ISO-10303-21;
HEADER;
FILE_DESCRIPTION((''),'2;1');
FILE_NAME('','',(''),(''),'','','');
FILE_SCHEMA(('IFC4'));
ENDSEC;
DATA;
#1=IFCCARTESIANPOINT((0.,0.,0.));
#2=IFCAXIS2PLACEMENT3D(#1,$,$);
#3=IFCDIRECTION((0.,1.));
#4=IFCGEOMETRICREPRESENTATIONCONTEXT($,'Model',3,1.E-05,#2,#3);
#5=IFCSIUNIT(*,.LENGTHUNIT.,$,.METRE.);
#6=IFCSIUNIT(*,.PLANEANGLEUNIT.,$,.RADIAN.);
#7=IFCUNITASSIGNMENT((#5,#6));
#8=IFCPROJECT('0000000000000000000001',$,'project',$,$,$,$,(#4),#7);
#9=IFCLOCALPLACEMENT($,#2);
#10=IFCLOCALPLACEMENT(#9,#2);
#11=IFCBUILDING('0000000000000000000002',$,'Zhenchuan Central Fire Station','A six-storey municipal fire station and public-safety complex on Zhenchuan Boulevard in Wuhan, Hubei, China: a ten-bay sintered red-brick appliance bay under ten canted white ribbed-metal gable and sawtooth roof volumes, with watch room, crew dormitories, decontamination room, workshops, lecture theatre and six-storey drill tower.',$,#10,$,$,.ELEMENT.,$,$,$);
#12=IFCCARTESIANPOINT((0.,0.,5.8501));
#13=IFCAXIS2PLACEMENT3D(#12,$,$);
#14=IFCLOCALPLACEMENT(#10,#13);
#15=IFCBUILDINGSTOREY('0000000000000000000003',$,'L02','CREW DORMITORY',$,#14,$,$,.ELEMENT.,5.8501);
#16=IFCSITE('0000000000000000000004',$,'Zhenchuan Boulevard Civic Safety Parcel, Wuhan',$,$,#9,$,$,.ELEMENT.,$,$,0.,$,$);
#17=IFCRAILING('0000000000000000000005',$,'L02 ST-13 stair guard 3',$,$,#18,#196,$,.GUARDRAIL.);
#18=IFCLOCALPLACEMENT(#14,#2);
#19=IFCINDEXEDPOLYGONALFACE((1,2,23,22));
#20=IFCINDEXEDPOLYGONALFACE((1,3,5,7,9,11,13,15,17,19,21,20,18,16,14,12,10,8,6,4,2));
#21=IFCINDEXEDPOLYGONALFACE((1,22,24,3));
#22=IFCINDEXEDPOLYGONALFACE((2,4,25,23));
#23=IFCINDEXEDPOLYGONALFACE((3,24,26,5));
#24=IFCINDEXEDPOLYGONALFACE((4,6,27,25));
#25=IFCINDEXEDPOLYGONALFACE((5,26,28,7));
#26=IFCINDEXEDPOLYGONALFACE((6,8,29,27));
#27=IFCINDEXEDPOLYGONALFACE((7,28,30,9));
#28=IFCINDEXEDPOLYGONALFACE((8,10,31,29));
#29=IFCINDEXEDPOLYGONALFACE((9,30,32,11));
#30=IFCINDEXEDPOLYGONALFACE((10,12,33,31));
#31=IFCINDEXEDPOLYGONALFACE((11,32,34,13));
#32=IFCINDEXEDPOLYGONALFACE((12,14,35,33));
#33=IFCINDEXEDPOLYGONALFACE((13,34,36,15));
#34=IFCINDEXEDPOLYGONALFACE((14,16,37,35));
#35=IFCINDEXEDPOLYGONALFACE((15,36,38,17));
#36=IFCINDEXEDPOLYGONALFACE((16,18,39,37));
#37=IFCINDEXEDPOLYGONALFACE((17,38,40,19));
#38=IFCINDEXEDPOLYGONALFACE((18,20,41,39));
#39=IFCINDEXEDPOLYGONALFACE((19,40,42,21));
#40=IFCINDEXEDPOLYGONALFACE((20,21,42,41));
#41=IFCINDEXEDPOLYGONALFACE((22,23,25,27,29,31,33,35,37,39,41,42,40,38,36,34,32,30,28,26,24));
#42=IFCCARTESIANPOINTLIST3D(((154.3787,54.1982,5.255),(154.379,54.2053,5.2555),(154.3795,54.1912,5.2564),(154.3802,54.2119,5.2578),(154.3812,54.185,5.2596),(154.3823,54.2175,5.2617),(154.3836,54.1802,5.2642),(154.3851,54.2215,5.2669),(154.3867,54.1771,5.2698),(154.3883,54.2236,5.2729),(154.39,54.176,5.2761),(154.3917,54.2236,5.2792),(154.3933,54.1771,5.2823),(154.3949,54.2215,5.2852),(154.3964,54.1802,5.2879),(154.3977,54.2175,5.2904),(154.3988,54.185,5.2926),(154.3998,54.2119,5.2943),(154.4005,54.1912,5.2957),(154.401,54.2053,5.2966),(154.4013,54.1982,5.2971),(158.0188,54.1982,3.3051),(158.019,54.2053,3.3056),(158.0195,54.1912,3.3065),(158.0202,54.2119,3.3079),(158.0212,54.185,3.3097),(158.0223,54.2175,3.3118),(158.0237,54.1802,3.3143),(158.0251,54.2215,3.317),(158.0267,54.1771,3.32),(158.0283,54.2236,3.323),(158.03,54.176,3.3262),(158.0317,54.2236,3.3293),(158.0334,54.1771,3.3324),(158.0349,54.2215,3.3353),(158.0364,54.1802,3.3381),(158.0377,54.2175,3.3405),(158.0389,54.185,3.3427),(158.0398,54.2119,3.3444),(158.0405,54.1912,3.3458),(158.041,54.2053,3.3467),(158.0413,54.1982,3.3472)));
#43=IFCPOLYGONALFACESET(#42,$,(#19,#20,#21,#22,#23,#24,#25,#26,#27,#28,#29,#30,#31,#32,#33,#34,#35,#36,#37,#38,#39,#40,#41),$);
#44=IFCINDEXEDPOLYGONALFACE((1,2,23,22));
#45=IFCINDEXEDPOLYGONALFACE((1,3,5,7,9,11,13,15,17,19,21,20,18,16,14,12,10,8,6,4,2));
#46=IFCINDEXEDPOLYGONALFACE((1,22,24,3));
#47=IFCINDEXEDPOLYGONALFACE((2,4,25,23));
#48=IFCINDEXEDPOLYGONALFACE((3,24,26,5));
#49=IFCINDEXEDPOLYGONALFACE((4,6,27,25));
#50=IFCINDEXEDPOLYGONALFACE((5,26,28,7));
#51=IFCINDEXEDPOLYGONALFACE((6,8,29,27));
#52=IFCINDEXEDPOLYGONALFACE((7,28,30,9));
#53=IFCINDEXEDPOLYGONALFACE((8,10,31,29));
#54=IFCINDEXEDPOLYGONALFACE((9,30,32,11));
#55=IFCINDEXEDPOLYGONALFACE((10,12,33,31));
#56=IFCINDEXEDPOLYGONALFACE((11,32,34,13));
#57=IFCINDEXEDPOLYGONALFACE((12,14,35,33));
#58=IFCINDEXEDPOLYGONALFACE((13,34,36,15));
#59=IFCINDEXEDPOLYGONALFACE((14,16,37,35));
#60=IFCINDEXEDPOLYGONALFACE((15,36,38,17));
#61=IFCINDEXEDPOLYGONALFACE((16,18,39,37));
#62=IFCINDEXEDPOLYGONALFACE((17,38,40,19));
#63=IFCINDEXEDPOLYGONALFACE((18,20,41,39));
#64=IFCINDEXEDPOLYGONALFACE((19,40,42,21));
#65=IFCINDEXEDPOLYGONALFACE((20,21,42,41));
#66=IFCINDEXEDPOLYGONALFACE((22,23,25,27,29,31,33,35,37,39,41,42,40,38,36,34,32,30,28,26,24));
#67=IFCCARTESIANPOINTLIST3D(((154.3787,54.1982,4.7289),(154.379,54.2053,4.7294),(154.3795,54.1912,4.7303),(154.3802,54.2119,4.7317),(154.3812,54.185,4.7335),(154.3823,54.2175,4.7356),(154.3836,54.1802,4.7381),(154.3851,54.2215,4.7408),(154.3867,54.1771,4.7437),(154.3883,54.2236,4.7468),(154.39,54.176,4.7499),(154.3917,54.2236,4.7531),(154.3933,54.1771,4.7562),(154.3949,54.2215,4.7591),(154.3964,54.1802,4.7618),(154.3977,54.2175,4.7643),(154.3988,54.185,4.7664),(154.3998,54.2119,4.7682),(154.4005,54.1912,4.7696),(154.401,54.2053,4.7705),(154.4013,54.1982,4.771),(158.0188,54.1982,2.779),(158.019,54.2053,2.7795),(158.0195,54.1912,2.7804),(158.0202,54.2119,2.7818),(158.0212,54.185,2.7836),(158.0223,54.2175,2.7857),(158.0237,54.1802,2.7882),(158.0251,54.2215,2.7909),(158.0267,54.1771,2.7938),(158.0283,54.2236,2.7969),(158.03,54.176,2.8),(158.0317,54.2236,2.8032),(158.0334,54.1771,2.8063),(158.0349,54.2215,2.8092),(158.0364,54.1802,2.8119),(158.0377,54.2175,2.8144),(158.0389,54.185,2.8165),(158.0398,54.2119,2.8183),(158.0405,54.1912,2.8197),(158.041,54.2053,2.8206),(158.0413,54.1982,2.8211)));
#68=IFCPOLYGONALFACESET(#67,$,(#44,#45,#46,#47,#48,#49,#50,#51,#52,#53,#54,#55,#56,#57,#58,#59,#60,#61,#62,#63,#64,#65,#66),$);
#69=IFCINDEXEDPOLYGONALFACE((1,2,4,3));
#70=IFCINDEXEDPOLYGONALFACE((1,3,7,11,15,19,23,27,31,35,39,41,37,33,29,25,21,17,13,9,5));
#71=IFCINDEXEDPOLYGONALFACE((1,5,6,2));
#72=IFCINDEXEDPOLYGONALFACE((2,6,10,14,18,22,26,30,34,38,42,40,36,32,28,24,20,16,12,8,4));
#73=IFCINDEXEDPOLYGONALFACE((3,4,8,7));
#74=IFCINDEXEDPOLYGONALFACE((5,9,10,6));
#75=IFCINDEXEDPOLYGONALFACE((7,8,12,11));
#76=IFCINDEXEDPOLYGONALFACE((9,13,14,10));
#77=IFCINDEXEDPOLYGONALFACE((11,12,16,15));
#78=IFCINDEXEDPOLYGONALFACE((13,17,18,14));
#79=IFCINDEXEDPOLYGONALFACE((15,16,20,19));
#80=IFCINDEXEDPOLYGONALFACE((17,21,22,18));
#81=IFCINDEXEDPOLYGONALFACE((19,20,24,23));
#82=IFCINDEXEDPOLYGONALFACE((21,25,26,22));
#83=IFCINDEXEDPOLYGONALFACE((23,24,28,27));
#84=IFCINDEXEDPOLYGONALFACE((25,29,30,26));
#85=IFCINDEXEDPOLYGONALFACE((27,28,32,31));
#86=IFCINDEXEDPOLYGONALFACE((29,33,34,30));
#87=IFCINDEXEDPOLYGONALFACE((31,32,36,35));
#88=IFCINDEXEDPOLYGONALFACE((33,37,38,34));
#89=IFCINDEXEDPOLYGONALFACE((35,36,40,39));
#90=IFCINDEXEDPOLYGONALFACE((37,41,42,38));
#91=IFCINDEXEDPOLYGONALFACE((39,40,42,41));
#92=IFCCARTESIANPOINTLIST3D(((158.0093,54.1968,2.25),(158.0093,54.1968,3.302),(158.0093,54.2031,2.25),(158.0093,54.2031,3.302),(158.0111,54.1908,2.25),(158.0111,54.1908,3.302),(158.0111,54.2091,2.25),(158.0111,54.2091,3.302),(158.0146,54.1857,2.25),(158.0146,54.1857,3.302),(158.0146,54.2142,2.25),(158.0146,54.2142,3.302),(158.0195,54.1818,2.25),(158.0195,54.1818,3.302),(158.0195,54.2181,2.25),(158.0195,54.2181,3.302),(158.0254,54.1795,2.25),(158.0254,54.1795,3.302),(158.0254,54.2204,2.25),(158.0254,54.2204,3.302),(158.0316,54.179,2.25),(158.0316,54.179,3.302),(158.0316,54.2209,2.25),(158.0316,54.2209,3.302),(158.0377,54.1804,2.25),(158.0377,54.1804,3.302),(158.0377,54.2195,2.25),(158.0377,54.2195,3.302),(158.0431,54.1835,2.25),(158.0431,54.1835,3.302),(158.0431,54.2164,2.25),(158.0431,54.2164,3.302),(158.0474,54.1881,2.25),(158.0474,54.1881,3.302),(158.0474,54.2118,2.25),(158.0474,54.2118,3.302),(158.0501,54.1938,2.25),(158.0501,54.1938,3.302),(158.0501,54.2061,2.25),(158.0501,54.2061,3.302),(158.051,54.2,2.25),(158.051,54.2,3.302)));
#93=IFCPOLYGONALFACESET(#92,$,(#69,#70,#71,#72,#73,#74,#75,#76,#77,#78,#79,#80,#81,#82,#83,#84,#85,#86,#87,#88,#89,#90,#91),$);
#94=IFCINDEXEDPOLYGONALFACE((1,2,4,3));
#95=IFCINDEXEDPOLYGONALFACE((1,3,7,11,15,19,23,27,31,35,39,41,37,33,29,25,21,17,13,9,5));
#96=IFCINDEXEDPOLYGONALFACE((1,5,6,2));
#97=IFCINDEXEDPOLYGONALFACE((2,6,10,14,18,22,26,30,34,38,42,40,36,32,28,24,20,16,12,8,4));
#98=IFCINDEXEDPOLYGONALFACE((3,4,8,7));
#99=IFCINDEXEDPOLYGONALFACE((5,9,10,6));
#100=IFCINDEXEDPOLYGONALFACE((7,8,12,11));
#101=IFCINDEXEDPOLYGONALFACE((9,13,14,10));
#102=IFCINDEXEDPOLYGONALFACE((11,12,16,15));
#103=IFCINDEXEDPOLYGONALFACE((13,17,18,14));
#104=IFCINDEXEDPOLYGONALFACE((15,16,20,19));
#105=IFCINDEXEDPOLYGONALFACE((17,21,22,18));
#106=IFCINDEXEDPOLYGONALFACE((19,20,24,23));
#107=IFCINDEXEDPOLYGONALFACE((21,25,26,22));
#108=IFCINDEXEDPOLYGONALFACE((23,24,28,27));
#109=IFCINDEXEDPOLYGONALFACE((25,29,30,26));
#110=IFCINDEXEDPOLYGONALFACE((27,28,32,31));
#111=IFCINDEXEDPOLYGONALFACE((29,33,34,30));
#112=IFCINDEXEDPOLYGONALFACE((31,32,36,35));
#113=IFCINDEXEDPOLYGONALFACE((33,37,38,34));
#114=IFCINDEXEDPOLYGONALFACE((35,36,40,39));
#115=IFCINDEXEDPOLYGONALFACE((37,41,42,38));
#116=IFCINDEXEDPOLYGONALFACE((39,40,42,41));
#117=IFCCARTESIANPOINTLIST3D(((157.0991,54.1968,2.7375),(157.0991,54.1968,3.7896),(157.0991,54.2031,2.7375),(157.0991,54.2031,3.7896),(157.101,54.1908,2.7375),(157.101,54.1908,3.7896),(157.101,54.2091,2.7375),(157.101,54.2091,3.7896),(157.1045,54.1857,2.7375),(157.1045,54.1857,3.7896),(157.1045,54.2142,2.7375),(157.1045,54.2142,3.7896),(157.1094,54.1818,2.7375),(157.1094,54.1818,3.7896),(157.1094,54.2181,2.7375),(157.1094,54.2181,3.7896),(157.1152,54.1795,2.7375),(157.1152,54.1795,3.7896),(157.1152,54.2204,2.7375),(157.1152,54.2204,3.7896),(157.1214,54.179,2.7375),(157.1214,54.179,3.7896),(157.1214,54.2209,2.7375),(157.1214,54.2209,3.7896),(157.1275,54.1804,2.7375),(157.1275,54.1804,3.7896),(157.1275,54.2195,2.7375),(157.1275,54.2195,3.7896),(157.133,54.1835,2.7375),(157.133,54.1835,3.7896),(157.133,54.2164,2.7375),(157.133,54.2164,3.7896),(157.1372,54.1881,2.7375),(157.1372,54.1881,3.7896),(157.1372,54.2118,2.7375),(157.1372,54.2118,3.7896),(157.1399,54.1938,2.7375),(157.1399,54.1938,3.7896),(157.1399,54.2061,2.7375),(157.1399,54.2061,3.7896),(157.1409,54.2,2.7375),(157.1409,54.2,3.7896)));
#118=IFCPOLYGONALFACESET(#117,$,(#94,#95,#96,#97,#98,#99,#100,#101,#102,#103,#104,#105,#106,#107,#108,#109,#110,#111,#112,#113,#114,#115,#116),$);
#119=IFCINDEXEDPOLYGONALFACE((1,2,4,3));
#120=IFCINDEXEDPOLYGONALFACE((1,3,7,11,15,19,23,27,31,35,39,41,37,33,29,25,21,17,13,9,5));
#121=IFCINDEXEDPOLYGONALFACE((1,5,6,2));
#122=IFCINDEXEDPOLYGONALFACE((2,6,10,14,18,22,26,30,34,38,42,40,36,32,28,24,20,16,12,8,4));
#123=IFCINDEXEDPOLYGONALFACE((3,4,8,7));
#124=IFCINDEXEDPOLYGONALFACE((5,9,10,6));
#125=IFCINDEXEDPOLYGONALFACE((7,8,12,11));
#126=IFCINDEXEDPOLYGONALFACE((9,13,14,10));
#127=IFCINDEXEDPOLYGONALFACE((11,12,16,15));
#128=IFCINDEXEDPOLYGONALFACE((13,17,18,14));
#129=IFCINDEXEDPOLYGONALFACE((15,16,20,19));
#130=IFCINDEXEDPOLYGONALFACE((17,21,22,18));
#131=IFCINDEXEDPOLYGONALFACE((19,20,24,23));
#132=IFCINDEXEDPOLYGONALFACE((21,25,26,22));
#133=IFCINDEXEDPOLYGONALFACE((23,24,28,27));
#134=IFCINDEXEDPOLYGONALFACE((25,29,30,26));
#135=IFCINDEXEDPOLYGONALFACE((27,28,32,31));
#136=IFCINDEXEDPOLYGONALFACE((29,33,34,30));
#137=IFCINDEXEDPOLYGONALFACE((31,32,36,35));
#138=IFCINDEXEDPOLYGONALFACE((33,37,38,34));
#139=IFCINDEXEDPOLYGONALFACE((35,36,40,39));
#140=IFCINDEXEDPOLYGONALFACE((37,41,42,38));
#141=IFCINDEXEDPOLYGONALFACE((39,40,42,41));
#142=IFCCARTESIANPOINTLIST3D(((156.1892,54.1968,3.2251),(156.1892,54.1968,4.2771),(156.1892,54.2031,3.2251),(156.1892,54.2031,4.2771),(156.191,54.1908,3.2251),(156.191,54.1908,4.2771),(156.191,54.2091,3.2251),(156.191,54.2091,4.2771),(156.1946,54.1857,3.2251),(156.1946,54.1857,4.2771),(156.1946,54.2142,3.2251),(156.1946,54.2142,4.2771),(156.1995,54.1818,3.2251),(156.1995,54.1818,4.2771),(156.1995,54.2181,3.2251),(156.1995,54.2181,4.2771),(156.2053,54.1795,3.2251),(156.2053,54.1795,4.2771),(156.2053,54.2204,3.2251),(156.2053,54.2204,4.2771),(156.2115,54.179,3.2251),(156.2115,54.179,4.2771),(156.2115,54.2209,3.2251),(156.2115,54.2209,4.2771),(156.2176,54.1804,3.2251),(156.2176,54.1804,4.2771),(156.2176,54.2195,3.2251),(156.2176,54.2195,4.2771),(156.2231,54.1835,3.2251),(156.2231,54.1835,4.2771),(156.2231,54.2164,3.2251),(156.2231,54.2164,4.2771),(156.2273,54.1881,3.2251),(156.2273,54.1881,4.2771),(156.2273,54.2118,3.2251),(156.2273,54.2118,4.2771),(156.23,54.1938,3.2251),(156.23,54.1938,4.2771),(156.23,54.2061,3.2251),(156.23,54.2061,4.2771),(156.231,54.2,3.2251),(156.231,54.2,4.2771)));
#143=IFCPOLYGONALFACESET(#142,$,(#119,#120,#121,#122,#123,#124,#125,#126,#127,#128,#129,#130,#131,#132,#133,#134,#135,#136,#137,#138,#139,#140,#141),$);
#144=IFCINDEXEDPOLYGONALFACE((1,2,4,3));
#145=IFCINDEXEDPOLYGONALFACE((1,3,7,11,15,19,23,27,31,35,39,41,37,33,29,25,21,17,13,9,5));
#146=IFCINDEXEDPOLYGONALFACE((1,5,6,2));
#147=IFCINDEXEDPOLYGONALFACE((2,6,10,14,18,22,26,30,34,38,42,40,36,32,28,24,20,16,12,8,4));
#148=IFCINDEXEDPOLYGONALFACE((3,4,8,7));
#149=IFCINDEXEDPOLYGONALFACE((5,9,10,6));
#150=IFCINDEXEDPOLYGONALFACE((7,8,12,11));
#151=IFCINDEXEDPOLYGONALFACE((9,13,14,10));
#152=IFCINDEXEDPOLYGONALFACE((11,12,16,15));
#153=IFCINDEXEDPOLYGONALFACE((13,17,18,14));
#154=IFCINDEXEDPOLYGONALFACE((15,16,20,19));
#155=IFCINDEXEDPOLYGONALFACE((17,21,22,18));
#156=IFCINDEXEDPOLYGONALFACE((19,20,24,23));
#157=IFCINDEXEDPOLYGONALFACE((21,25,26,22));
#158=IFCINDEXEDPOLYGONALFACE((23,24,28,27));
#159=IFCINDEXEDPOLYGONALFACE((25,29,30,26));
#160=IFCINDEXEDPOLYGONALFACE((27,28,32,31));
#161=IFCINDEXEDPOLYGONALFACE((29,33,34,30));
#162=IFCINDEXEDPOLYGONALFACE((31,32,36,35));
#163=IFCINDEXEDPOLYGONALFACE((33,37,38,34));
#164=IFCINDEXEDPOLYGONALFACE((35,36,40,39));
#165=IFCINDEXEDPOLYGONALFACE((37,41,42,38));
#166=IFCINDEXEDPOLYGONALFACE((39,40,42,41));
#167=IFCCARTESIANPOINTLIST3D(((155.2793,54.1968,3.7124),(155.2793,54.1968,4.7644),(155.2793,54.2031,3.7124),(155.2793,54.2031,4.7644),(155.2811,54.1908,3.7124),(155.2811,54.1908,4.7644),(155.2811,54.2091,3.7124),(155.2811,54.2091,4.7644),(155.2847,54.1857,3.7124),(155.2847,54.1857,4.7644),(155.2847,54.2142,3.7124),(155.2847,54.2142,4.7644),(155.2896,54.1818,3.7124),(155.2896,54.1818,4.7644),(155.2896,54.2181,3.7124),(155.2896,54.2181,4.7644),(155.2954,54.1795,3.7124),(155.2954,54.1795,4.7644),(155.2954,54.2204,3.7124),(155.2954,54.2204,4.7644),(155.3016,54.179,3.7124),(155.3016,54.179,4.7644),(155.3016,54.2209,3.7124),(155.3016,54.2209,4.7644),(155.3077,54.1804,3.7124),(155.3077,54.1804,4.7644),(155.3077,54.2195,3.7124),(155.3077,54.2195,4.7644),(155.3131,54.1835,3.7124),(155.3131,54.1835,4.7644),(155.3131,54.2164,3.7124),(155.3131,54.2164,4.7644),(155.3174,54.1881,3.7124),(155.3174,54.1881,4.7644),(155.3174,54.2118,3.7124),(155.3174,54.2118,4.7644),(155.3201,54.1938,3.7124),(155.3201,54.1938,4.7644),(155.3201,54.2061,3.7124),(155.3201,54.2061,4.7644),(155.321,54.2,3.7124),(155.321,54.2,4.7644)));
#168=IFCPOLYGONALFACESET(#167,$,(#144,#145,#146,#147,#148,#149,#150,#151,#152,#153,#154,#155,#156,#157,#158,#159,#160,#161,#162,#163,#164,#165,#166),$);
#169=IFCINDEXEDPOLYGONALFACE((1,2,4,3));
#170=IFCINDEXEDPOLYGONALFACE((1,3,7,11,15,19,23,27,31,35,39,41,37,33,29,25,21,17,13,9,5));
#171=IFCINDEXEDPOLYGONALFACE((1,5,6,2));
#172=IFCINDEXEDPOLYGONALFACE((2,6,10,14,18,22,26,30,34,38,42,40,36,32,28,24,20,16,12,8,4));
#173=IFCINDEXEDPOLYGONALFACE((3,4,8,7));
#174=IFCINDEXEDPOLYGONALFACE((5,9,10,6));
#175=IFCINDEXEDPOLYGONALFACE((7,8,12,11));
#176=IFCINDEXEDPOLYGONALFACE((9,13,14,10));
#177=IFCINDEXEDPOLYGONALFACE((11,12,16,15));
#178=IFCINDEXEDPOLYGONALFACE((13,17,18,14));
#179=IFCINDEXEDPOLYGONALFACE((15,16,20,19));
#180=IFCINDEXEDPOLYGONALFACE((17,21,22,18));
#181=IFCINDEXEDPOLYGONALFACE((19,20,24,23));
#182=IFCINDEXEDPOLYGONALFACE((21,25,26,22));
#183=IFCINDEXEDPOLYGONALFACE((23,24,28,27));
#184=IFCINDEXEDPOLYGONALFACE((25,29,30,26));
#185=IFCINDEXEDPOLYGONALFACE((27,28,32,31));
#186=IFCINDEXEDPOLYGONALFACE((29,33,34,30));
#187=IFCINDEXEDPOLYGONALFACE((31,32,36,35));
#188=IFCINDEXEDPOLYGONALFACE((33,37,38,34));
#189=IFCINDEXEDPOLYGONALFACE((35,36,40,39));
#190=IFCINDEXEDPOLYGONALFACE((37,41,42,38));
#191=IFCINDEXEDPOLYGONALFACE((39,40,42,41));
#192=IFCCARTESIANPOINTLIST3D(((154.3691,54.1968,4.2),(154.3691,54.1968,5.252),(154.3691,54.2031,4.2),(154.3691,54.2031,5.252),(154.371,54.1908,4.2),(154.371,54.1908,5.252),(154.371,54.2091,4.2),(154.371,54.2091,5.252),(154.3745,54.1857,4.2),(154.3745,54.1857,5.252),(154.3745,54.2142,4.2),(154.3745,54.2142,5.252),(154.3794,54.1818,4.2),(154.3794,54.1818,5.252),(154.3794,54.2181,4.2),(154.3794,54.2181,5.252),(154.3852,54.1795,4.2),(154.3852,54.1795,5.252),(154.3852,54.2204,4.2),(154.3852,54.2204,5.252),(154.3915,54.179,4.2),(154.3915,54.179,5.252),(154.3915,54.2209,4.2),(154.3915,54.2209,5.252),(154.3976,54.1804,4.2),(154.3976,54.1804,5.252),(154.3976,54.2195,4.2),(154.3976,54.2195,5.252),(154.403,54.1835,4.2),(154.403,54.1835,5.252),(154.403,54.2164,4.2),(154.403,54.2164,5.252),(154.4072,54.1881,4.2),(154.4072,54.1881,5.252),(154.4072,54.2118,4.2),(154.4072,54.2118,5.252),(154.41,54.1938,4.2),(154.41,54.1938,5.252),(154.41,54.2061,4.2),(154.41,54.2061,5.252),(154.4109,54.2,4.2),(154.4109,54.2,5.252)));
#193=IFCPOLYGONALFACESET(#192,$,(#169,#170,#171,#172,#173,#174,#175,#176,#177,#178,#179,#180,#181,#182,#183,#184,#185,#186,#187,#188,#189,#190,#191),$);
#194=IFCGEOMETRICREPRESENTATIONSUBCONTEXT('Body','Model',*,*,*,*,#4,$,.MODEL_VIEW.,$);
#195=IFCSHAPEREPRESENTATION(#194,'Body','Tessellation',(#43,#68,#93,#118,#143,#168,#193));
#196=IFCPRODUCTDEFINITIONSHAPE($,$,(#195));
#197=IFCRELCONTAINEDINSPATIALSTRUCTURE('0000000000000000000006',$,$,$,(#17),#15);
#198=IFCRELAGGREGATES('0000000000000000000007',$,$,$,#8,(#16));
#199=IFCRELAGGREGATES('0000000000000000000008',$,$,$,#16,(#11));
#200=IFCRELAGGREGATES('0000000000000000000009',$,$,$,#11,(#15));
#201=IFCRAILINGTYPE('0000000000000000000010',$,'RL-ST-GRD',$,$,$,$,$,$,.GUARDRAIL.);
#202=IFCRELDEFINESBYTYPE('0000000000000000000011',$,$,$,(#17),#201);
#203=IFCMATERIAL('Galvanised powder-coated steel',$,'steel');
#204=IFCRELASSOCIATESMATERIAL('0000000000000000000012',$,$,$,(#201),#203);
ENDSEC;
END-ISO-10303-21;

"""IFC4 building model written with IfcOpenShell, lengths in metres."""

from ifc_helpers import new_model, si_unit, direction, frame, origin, origin_2d, place, context, subcontext, project, spatial, circle, extrude, material, type_object, element, save


model = new_model("IFC4")

# Units and contexts
model_context = context("Model", 3, precision=1e-05, world=origin(), true_north=direction((0.0, 1.0)))
body_context = subcontext(model_context, "Body", "Model", "MODEL_VIEW")
ifc_project = project(units=[si_unit("LENGTHUNIT", "METRE"), si_unit("PLANEANGLEUNIT", "RADIAN")], contexts=[model_context])

# Site, building, storey
site_placement = place(None, origin())
site = spatial("IfcSite", under=ifc_project, at=site_placement, Name="Zhenchuan Boulevard Civic Safety Parcel, Wuhan", CompositionType="ELEMENT", RefElevation=0.0)
building_placement = place(site_placement, origin())
building = spatial("IfcBuilding", under=site, at=building_placement, Name="Zhenchuan Central Fire Station", Description="A six-storey municipal fire station and public-safety complex on Zhenchuan Boulevard in Wuhan, Hubei, China: a ten-bay sintered red-brick appliance bay under ten canted white ribbed-metal gable and sawtooth roof volumes, with watch room, crew dormitories, decontamination room, workshops, lecture theatre and six-storey drill tower.", CompositionType="ELEMENT")
storey_placement = place(building_placement, frame((0.0, 0.0, 5.8501)))
storey = spatial("IfcBuildingStorey", under=building, at=storey_placement, Name="L02", Description="CREW DORMITORY", CompositionType="ELEMENT", Elevation=5.8501)

# Railing
ifc_material_1 = material(Name="Galvanised powder-coated steel", Category="steel")
railing_type_1 = type_object("IfcRailingType", Name="RL-ST-GRD", PredefinedType="GUARDRAIL", material=ifc_material_1)
railing_1_placement = place(storey_placement, frame((158.03, 54.2, 2.25)))
element("IfcRailing", 1, at=railing_1_placement, inside=storey, type_object=railing_type_1, Name="L02 ST-13 stair guard 3", PredefinedType="GUARDRAIL", context=body_context, shape_type="SweptSolid", body=[
    extrude(circle(Radius=0.0239, at=origin_2d()), frame((0.0, 0.0, 1.0762), z_axis=(-0.881492, 0.0, 0.472198), x_axis=(0.0, -1.0, 0.0)), (0.0, 0.0, 1.0), 4.1294),
    extrude(circle(Radius=0.0239, at=origin_2d()), frame((0.0, 0.0, 0.55), z_axis=(-0.881492, 0.0, 0.472198), x_axis=(0.0, -1.0, 0.0)), (0.0, 0.0, 1.0), 4.1294),
    extrude(circle(Radius=0.021, at=origin_2d()), origin(), (0.0, 0.0, 1.0), 1.052),
    extrude(circle(Radius=0.021, at=origin_2d()), frame((-0.9102, 0.0, 0.4875)), (0.0, 0.0, 1.0), 1.052),
    extrude(circle(Radius=0.021, at=origin_2d()), frame((-1.8201, 0.0, 0.9751)), (0.0, 0.0, 1.0), 1.052),
    extrude(circle(Radius=0.021, at=origin_2d()), frame((-2.73, 0.0, 1.4624)), (0.0, 0.0, 1.0), 1.052),
    extrude(circle(Radius=0.021, at=origin_2d()), frame((-3.6401, 0.0, 1.95)), (0.0, 0.0, 1.0), 1.052),
])

save(model, "model.ifc")
